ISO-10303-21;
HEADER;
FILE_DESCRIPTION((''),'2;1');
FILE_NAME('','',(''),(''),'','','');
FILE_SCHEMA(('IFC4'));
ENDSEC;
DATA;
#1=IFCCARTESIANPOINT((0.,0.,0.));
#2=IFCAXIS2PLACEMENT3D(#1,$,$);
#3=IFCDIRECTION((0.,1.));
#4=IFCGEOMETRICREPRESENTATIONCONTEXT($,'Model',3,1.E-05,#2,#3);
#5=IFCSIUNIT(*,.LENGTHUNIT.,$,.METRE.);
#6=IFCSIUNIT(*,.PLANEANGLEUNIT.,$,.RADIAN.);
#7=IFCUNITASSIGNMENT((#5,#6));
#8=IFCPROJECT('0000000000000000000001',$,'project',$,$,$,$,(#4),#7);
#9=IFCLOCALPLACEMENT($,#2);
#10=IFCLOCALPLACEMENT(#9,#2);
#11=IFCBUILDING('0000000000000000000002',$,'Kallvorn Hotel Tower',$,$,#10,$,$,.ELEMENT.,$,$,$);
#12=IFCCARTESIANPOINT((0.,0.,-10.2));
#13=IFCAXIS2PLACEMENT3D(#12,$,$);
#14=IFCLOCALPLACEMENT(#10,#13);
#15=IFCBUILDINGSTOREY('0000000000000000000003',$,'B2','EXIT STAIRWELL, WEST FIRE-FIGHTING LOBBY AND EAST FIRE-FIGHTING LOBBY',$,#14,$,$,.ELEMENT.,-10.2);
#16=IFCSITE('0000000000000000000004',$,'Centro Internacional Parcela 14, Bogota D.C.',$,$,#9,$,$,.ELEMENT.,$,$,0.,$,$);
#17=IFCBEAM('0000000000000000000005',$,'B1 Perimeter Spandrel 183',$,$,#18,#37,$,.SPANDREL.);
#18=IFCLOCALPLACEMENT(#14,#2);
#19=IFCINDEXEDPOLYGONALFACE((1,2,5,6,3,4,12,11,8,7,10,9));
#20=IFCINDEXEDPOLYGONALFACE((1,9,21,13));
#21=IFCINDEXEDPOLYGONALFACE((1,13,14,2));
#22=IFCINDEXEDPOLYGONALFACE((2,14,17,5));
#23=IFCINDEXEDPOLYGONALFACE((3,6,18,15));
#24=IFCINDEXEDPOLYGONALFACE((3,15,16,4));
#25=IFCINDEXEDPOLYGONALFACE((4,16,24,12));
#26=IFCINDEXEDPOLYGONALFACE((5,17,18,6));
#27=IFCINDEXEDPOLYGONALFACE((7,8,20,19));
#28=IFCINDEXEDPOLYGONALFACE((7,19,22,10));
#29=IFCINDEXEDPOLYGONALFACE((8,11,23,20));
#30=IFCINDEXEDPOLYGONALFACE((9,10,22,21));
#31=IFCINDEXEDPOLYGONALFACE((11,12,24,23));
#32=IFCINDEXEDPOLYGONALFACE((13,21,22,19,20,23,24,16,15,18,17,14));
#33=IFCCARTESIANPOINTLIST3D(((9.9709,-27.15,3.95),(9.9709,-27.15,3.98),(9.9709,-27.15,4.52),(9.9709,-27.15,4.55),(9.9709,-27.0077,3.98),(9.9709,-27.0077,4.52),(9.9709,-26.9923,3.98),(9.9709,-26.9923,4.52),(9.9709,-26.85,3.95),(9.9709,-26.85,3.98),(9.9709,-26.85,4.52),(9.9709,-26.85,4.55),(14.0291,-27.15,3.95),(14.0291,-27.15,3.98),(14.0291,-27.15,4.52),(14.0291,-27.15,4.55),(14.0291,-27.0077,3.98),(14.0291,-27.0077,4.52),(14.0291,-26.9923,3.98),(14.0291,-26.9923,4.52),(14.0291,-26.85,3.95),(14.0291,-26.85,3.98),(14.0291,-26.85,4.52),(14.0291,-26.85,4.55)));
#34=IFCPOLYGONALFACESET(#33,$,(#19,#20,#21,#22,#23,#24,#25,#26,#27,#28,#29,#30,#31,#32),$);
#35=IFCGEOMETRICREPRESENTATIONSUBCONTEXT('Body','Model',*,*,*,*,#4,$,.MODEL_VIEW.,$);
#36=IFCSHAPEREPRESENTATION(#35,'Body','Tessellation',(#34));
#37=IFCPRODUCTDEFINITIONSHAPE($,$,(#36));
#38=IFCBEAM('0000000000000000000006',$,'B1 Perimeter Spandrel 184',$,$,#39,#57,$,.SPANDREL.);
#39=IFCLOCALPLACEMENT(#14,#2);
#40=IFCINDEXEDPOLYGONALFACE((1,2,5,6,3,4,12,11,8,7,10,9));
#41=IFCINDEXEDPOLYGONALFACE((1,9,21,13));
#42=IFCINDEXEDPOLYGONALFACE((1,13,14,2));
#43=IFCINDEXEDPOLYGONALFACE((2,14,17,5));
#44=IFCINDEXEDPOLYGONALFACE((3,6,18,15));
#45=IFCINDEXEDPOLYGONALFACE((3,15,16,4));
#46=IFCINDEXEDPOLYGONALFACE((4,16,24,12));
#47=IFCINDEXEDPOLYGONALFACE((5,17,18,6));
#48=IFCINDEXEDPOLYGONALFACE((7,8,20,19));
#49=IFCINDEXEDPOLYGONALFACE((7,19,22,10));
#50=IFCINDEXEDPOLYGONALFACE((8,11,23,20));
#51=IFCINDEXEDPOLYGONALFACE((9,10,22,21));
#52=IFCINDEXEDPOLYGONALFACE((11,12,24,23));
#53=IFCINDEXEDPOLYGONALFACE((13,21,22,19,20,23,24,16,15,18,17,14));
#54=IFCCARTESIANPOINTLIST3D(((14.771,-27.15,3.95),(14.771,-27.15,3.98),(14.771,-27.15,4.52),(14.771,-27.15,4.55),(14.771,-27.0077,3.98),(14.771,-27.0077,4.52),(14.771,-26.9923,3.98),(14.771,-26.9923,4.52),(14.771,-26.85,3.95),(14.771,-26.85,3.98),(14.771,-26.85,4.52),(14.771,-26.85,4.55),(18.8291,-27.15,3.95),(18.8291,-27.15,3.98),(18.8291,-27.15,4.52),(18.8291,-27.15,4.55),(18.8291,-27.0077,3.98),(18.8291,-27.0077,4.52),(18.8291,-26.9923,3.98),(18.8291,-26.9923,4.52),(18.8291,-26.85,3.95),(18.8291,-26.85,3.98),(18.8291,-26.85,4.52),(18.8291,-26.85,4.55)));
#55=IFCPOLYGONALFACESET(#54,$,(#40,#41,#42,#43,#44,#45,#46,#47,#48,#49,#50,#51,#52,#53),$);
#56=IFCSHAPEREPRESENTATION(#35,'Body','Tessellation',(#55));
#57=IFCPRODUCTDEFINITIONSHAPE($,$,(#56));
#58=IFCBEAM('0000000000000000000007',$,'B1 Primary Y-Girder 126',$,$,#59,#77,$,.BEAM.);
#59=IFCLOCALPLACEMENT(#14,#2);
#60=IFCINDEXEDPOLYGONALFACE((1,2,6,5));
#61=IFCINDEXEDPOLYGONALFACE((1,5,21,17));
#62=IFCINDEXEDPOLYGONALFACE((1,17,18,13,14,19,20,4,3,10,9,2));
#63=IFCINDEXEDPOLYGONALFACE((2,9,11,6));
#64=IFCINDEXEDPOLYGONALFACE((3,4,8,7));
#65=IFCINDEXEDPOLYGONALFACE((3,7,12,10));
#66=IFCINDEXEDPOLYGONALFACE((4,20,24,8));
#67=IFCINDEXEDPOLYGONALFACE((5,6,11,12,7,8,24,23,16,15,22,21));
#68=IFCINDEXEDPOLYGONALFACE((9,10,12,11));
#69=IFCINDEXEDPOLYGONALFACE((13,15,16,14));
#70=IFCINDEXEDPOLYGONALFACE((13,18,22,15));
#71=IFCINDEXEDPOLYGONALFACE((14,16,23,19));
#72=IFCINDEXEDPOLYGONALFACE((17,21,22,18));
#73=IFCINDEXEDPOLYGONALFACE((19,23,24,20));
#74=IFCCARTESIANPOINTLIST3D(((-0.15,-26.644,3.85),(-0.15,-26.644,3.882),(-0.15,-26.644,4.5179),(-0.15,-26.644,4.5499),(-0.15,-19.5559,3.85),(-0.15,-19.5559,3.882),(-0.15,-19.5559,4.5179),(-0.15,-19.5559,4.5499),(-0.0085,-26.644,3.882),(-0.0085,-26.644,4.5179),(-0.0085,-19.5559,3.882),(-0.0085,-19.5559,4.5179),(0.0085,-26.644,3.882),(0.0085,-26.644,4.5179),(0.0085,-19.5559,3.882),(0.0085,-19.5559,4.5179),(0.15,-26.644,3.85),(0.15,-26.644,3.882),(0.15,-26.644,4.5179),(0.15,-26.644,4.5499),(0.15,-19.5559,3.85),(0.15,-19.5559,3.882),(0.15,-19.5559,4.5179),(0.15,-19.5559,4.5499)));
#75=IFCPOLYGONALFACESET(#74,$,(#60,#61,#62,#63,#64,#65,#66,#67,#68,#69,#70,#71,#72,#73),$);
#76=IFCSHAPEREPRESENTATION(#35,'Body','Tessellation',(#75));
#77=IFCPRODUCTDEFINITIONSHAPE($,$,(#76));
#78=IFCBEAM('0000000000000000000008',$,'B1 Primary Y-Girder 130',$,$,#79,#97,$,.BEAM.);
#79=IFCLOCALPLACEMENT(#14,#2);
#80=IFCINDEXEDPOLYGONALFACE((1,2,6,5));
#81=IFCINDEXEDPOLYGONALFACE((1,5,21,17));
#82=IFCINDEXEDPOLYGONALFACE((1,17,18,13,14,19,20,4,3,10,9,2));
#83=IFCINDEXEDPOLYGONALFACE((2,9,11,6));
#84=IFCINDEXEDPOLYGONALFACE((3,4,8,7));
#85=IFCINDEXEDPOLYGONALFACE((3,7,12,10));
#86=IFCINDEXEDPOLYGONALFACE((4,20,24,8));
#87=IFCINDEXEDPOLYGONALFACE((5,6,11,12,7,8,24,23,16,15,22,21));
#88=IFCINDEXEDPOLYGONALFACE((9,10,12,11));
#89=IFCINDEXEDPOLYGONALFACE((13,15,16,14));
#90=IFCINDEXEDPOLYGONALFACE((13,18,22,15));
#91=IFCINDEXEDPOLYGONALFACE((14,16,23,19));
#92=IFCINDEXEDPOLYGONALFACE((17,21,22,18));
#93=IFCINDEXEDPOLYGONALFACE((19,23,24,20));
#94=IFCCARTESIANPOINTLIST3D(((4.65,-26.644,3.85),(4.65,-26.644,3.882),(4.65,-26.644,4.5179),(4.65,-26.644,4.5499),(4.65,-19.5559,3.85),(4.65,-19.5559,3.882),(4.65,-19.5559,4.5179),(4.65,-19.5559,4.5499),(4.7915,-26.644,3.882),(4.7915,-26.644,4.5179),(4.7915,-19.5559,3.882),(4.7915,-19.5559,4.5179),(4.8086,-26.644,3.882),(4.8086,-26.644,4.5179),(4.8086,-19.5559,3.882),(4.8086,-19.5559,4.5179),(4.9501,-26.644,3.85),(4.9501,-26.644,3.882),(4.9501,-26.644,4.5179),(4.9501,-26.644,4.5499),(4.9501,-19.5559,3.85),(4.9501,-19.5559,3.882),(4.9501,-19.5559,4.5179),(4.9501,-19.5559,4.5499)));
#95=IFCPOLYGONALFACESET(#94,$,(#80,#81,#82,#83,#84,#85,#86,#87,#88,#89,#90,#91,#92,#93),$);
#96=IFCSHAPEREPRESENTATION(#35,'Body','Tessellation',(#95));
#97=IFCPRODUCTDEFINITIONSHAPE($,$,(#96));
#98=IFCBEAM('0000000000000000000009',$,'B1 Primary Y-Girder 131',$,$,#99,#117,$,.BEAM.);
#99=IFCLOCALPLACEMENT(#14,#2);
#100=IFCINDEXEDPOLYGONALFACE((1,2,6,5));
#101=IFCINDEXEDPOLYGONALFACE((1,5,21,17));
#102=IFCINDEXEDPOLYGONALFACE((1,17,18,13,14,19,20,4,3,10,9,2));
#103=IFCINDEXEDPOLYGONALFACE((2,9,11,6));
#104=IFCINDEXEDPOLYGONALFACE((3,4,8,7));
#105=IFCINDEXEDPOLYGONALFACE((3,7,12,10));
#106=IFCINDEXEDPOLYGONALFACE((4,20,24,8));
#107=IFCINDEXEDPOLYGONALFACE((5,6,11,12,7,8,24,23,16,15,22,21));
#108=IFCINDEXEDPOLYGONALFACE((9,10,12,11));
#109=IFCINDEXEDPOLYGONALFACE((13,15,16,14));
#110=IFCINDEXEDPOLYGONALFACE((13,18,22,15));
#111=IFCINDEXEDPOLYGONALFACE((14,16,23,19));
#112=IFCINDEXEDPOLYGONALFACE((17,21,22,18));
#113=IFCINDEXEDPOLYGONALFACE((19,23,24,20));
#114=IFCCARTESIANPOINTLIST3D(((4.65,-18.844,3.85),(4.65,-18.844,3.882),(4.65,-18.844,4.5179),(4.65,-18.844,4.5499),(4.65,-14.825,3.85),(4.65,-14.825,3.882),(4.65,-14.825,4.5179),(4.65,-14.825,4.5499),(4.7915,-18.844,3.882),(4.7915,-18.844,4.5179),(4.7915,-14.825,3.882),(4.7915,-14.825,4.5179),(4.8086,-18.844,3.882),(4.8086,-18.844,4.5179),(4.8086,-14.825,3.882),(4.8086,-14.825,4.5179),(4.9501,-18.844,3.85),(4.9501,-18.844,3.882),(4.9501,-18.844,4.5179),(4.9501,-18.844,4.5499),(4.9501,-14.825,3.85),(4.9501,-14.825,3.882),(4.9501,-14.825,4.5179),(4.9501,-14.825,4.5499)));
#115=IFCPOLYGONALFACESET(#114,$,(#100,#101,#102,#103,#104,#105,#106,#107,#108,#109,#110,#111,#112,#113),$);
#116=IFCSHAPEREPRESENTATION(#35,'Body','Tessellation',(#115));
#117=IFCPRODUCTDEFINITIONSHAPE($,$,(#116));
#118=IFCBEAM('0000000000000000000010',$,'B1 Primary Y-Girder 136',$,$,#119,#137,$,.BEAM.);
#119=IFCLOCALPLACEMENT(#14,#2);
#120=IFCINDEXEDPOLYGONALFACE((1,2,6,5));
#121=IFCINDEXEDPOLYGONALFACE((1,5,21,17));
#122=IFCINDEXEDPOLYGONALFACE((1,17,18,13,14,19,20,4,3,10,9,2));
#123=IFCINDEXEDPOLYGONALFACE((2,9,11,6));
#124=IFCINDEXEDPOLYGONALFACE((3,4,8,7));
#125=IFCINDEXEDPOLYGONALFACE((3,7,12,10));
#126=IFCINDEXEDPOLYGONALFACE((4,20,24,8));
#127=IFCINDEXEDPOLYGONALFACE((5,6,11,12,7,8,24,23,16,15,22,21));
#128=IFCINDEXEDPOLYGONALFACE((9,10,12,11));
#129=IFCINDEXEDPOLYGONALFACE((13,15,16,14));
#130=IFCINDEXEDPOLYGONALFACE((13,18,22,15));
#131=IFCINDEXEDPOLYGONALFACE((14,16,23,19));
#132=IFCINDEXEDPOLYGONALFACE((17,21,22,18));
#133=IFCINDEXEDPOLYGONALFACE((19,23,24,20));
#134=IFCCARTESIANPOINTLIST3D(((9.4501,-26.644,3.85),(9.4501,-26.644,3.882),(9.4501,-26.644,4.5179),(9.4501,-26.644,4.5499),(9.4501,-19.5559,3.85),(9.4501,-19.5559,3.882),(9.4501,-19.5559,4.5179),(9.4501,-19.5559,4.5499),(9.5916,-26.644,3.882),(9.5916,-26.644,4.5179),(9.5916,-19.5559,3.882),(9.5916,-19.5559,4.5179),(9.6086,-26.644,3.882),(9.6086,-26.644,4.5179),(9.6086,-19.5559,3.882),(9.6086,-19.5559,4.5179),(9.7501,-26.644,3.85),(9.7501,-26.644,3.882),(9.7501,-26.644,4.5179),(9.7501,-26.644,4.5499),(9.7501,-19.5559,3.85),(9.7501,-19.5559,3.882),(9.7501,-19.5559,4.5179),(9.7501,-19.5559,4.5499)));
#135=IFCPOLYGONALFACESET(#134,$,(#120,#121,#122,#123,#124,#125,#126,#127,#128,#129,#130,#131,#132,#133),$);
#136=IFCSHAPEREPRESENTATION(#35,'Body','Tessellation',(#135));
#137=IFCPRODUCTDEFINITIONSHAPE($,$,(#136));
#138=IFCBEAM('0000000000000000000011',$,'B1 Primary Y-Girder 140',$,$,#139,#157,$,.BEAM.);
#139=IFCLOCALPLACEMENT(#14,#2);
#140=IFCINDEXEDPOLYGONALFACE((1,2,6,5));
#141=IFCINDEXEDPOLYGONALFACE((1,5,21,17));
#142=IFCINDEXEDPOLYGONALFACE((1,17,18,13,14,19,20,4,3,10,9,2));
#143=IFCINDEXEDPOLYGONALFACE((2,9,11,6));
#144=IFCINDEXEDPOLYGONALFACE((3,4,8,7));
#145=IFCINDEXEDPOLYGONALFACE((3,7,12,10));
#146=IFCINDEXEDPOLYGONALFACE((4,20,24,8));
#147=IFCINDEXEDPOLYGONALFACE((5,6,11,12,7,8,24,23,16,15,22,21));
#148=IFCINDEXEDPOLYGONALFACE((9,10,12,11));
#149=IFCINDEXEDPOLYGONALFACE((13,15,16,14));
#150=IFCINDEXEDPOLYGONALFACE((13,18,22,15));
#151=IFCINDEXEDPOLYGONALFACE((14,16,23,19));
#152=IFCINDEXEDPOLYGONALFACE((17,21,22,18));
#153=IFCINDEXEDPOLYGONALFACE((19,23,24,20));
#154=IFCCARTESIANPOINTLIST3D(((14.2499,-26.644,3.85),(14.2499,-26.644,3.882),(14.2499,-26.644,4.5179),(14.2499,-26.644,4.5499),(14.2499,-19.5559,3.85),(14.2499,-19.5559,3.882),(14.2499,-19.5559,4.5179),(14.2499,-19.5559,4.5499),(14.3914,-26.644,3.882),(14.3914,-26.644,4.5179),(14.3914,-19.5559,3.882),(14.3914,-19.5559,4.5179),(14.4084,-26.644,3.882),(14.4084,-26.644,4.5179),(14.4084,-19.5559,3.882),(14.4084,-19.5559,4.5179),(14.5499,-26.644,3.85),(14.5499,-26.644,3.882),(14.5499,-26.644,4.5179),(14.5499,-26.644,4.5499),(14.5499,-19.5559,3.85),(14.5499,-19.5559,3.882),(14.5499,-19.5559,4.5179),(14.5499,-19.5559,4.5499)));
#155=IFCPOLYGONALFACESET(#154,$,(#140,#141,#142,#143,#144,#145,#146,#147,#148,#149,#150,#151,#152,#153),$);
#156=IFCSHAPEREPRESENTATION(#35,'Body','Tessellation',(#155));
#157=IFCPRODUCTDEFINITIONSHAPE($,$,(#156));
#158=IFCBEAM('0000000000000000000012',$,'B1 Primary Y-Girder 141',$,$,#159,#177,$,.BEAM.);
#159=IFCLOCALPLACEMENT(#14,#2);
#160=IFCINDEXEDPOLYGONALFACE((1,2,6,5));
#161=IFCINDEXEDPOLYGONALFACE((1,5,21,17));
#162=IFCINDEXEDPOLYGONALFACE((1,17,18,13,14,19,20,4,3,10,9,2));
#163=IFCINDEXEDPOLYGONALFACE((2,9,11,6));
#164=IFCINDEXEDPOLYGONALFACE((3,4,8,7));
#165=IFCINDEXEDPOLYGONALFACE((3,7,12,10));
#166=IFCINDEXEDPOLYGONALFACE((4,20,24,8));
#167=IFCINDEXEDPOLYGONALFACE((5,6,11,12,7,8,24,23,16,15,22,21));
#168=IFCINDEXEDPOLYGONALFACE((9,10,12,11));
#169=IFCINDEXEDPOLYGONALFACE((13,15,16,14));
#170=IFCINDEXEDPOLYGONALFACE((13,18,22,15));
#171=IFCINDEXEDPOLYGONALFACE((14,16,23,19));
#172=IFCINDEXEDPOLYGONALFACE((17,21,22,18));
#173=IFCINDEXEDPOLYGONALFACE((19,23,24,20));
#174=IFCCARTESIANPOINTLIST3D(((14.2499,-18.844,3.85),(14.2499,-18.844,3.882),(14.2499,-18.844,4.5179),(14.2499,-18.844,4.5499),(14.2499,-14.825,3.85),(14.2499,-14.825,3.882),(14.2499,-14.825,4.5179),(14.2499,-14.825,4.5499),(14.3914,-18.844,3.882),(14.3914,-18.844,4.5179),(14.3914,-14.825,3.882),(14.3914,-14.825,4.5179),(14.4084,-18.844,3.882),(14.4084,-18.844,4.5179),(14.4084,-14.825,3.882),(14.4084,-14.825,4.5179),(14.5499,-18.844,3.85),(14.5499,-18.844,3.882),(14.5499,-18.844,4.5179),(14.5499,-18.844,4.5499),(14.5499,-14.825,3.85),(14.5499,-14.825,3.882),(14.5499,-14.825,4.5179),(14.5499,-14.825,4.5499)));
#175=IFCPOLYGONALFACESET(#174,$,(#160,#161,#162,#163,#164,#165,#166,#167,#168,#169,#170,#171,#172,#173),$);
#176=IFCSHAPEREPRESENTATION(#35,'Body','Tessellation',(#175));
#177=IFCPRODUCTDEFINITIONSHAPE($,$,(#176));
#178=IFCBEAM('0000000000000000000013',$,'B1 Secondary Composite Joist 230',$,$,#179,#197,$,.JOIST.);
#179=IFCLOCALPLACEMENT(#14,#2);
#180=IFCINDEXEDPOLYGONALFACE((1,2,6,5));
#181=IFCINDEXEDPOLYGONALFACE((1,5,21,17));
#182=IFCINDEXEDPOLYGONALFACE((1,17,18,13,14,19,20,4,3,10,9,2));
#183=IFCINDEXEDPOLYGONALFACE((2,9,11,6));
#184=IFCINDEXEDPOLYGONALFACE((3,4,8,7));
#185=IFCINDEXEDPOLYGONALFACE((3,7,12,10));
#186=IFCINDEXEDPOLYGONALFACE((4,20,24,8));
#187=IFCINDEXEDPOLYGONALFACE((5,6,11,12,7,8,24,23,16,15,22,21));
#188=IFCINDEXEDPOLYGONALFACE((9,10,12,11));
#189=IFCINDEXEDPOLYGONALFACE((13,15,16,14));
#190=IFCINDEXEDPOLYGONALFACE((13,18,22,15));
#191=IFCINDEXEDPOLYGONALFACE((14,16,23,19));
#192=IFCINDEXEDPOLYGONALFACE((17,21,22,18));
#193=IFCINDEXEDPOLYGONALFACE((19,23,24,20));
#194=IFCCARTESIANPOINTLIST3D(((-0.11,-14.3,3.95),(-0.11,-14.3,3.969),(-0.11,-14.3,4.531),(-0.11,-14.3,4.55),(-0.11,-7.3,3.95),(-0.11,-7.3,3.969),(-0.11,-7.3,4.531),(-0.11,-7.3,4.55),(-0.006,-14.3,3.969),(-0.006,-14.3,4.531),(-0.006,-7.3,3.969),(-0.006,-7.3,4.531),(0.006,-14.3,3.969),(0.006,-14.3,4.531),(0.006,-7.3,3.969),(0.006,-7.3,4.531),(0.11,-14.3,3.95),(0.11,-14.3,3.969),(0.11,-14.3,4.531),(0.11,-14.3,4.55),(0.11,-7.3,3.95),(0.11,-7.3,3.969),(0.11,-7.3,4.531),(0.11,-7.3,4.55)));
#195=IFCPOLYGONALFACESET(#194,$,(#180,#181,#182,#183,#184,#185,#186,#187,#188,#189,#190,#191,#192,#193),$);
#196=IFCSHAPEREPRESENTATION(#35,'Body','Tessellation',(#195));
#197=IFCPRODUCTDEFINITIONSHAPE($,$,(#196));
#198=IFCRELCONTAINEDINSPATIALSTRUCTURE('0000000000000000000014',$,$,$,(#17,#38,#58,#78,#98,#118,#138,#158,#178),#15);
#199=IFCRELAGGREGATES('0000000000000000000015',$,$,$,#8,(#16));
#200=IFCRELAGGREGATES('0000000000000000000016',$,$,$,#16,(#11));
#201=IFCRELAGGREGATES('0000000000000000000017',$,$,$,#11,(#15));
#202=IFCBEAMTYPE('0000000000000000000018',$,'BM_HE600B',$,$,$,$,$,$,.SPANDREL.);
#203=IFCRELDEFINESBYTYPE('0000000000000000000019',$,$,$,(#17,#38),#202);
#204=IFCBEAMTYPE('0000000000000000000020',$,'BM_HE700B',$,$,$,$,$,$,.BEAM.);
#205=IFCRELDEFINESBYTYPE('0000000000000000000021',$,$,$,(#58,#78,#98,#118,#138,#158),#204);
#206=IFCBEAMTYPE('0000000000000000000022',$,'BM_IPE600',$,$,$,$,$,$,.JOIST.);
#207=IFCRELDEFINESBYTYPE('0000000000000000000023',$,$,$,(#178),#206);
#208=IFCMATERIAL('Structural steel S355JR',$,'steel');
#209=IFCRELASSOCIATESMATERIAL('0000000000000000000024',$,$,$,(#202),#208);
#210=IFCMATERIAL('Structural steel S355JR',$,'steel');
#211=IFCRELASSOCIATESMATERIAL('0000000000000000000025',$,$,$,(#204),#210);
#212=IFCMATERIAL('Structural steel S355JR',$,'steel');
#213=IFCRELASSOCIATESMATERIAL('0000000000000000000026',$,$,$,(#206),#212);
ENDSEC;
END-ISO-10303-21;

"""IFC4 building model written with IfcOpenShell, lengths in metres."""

from ifc_helpers import new_model, si_unit, direction, frame, origin, origin_2d, place, context, subcontext, project, spatial, i_section, extrude, material, material_profile, profile_set, type_object, element, save


model = new_model("IFC4")

# Units and contexts
model_context = context("Model", 3, precision=1e-05, world=origin(), true_north=direction((0.0, 1.0)))
body_context = subcontext(model_context, "Body", "Model", "MODEL_VIEW")
ifc_project = project(units=[si_unit("LENGTHUNIT", "METRE"), si_unit("PLANEANGLEUNIT", "RADIAN")], contexts=[model_context])

# Site, building, storey
site_placement = place(None, origin())
site = spatial("IfcSite", under=ifc_project, at=site_placement, Name="Centro Internacional Parcela 14, Bogota D.C.", CompositionType="ELEMENT", RefElevation=0.0)
building_placement = place(site_placement, origin())
building = spatial("IfcBuilding", under=site, at=building_placement, Name="Kallvorn Hotel Tower", CompositionType="ELEMENT")
storey_placement = place(building_placement, frame((0.0, 0.0, -10.2)))
storey = spatial("IfcBuildingStorey", under=building, at=storey_placement, Name="B2", Description="EXIT STAIRWELL, WEST FIRE-FIGHTING LOBBY AND EAST FIRE-FIGHTING LOBBY", CompositionType="ELEMENT", Elevation=-10.2)

# Beams
ifc_material_1 = material(Name="Structural steel S355JR", Category="steel")
ifc_material_profile_1 = material_profile(ifc_material_1, i_section(OverallWidth=0.3, OverallDepth=0.6001, WebThickness=0.0154, FlangeThickness=0.03, at=origin_2d()), Name="HE 600 B")
ifc_profile_set_1 = profile_set([ifc_material_profile_1], Name="Structural steel S355JR")
beam_type_1 = type_object("IfcBeamType", Name="BM_HE600B", PredefinedType="SPANDREL", material=ifc_profile_set_1)
for number, where, z_axis, x_axis, name in (
    (1, (9.9709, -27.0, 4.25), (1.0, 0.0, 0.0), (0.0, 1.0, 0.0), "B1 Perimeter Spandrel 183"),
    (2, (14.771, -27.0, 4.25), (1.0, 0.0, 0.0), (0.0, 1.0, 0.0), "B1 Perimeter Spandrel 184"),
):
    element("IfcBeam", number, at=place(storey_placement, frame(where, z_axis=z_axis, x_axis=x_axis)), inside=storey, type_object=beam_type_1, Name=name, PredefinedType="SPANDREL", context=body_context, shape_type="SweptSolid", body=[
        extrude(i_section(OverallWidth=0.3, OverallDepth=0.6001, WebThickness=0.0154, FlangeThickness=0.03, at=origin_2d()), origin(), (0.0, 0.0, 1.0), 4.0581),
    ])
ifc_material_2 = material(Name="Structural steel S355JR", Category="steel")
ifc_material_profile_2 = material_profile(ifc_material_2, i_section(OverallWidth=0.3, OverallDepth=0.7, WebThickness=0.0171, FlangeThickness=0.032, at=origin_2d()), Name="HE 700 B")
ifc_profile_set_2 = profile_set([ifc_material_profile_2], Name="Structural steel S355JR")
beam_type_2 = type_object("IfcBeamType", Name="BM_HE700B", PredefinedType="BEAM", material=ifc_profile_set_2)
for number, where, z_axis, x_axis, name in (
    (3, (0.0, -26.644, 4.2), (0.0, 1.0, 0.0), (-1.0, 0.0, 0.0), "B1 Primary Y-Girder 126"),
    (4, (4.8, -26.644, 4.2), (0.0, 1.0, 0.0), (-1.0, 0.0, 0.0), "B1 Primary Y-Girder 130"),
):
    element("IfcBeam", number, at=place(storey_placement, frame(where, z_axis=z_axis, x_axis=x_axis)), inside=storey, type_object=beam_type_2, Name=name, PredefinedType="BEAM", context=body_context, shape_type="SweptSolid", body=[
        extrude(i_section(OverallWidth=0.3, OverallDepth=0.7, WebThickness=0.0171, FlangeThickness=0.032, at=origin_2d()), origin(), (0.0, 0.0, 1.0), 7.0881),
    ])
beam_1_placement = place(storey_placement, frame((4.8, -18.844, 4.2), z_axis=(0.0, 1.0, 0.0), x_axis=(-1.0, 0.0, 0.0)))
element("IfcBeam", 5, at=beam_1_placement, inside=storey, type_object=beam_type_2, Name="B1 Primary Y-Girder 131", PredefinedType="BEAM", context=body_context, shape_type="SweptSolid", body=[
    extrude(i_section(OverallWidth=0.3, OverallDepth=0.7, WebThickness=0.0171, FlangeThickness=0.032, at=origin_2d()), origin(), (0.0, 0.0, 1.0), 4.019),
])
for number, where, z_axis, x_axis, name in (
    (6, (9.6001, -26.644, 4.2), (0.0, 1.0, 0.0), (-1.0, 0.0, 0.0), "B1 Primary Y-Girder 136"),
    (7, (14.3999, -26.644, 4.2), (0.0, 1.0, 0.0), (-1.0, 0.0, 0.0), "B1 Primary Y-Girder 140"),
):
    element("IfcBeam", number, at=place(storey_placement, frame(where, z_axis=z_axis, x_axis=x_axis)), inside=storey, type_object=beam_type_2, Name=name, PredefinedType="BEAM", context=body_context, shape_type="SweptSolid", body=[
        extrude(i_section(OverallWidth=0.3, OverallDepth=0.7, WebThickness=0.0171, FlangeThickness=0.032, at=origin_2d()), origin(), (0.0, 0.0, 1.0), 7.0881),
    ])
beam_2_placement = place(storey_placement, frame((14.3999, -18.844, 4.2), z_axis=(0.0, 1.0, 0.0), x_axis=(-1.0, 0.0, 0.0)))
element("IfcBeam", 8, at=beam_2_placement, inside=storey, type_object=beam_type_2, Name="B1 Primary Y-Girder 141", PredefinedType="BEAM", context=body_context, shape_type="SweptSolid", body=[
    extrude(i_section(OverallWidth=0.3, OverallDepth=0.7, WebThickness=0.0171, FlangeThickness=0.032, at=origin_2d()), origin(), (0.0, 0.0, 1.0), 4.019),
])
ifc_material_3 = material(Name="Structural steel S355JR", Category="steel")
ifc_material_profile_3 = material_profile(ifc_material_3, i_section(OverallWidth=0.22, OverallDepth=0.6001, WebThickness=0.012, FlangeThickness=0.019, at=origin_2d()), Name="IPE 600")
ifc_profile_set_3 = profile_set([ifc_material_profile_3], Name="Structural steel S355JR")
beam_type_3 = type_object("IfcBeamType", Name="BM_IPE600", PredefinedType="JOIST", material=ifc_profile_set_3)
for number, where, z_axis, x_axis, name in (
    (9, (0.0, -14.3, 4.25), (0.0, 1.0, 0.0), (-1.0, 0.0, 0.0), "B1 Secondary Composite Joist 230"),
):
    element("IfcBeam", number, at=place(storey_placement, frame(where, z_axis=z_axis, x_axis=x_axis)), inside=storey, type_object=beam_type_3, Name=name, PredefinedType="JOIST", context=body_context, shape_type="SweptSolid", body=[
        extrude(i_section(OverallWidth=0.22, OverallDepth=0.6001, WebThickness=0.012, FlangeThickness=0.019, at=origin_2d()), origin(), (0.0, 0.0, 1.0), 7.0),
    ])

save(model, "model.ifc")
